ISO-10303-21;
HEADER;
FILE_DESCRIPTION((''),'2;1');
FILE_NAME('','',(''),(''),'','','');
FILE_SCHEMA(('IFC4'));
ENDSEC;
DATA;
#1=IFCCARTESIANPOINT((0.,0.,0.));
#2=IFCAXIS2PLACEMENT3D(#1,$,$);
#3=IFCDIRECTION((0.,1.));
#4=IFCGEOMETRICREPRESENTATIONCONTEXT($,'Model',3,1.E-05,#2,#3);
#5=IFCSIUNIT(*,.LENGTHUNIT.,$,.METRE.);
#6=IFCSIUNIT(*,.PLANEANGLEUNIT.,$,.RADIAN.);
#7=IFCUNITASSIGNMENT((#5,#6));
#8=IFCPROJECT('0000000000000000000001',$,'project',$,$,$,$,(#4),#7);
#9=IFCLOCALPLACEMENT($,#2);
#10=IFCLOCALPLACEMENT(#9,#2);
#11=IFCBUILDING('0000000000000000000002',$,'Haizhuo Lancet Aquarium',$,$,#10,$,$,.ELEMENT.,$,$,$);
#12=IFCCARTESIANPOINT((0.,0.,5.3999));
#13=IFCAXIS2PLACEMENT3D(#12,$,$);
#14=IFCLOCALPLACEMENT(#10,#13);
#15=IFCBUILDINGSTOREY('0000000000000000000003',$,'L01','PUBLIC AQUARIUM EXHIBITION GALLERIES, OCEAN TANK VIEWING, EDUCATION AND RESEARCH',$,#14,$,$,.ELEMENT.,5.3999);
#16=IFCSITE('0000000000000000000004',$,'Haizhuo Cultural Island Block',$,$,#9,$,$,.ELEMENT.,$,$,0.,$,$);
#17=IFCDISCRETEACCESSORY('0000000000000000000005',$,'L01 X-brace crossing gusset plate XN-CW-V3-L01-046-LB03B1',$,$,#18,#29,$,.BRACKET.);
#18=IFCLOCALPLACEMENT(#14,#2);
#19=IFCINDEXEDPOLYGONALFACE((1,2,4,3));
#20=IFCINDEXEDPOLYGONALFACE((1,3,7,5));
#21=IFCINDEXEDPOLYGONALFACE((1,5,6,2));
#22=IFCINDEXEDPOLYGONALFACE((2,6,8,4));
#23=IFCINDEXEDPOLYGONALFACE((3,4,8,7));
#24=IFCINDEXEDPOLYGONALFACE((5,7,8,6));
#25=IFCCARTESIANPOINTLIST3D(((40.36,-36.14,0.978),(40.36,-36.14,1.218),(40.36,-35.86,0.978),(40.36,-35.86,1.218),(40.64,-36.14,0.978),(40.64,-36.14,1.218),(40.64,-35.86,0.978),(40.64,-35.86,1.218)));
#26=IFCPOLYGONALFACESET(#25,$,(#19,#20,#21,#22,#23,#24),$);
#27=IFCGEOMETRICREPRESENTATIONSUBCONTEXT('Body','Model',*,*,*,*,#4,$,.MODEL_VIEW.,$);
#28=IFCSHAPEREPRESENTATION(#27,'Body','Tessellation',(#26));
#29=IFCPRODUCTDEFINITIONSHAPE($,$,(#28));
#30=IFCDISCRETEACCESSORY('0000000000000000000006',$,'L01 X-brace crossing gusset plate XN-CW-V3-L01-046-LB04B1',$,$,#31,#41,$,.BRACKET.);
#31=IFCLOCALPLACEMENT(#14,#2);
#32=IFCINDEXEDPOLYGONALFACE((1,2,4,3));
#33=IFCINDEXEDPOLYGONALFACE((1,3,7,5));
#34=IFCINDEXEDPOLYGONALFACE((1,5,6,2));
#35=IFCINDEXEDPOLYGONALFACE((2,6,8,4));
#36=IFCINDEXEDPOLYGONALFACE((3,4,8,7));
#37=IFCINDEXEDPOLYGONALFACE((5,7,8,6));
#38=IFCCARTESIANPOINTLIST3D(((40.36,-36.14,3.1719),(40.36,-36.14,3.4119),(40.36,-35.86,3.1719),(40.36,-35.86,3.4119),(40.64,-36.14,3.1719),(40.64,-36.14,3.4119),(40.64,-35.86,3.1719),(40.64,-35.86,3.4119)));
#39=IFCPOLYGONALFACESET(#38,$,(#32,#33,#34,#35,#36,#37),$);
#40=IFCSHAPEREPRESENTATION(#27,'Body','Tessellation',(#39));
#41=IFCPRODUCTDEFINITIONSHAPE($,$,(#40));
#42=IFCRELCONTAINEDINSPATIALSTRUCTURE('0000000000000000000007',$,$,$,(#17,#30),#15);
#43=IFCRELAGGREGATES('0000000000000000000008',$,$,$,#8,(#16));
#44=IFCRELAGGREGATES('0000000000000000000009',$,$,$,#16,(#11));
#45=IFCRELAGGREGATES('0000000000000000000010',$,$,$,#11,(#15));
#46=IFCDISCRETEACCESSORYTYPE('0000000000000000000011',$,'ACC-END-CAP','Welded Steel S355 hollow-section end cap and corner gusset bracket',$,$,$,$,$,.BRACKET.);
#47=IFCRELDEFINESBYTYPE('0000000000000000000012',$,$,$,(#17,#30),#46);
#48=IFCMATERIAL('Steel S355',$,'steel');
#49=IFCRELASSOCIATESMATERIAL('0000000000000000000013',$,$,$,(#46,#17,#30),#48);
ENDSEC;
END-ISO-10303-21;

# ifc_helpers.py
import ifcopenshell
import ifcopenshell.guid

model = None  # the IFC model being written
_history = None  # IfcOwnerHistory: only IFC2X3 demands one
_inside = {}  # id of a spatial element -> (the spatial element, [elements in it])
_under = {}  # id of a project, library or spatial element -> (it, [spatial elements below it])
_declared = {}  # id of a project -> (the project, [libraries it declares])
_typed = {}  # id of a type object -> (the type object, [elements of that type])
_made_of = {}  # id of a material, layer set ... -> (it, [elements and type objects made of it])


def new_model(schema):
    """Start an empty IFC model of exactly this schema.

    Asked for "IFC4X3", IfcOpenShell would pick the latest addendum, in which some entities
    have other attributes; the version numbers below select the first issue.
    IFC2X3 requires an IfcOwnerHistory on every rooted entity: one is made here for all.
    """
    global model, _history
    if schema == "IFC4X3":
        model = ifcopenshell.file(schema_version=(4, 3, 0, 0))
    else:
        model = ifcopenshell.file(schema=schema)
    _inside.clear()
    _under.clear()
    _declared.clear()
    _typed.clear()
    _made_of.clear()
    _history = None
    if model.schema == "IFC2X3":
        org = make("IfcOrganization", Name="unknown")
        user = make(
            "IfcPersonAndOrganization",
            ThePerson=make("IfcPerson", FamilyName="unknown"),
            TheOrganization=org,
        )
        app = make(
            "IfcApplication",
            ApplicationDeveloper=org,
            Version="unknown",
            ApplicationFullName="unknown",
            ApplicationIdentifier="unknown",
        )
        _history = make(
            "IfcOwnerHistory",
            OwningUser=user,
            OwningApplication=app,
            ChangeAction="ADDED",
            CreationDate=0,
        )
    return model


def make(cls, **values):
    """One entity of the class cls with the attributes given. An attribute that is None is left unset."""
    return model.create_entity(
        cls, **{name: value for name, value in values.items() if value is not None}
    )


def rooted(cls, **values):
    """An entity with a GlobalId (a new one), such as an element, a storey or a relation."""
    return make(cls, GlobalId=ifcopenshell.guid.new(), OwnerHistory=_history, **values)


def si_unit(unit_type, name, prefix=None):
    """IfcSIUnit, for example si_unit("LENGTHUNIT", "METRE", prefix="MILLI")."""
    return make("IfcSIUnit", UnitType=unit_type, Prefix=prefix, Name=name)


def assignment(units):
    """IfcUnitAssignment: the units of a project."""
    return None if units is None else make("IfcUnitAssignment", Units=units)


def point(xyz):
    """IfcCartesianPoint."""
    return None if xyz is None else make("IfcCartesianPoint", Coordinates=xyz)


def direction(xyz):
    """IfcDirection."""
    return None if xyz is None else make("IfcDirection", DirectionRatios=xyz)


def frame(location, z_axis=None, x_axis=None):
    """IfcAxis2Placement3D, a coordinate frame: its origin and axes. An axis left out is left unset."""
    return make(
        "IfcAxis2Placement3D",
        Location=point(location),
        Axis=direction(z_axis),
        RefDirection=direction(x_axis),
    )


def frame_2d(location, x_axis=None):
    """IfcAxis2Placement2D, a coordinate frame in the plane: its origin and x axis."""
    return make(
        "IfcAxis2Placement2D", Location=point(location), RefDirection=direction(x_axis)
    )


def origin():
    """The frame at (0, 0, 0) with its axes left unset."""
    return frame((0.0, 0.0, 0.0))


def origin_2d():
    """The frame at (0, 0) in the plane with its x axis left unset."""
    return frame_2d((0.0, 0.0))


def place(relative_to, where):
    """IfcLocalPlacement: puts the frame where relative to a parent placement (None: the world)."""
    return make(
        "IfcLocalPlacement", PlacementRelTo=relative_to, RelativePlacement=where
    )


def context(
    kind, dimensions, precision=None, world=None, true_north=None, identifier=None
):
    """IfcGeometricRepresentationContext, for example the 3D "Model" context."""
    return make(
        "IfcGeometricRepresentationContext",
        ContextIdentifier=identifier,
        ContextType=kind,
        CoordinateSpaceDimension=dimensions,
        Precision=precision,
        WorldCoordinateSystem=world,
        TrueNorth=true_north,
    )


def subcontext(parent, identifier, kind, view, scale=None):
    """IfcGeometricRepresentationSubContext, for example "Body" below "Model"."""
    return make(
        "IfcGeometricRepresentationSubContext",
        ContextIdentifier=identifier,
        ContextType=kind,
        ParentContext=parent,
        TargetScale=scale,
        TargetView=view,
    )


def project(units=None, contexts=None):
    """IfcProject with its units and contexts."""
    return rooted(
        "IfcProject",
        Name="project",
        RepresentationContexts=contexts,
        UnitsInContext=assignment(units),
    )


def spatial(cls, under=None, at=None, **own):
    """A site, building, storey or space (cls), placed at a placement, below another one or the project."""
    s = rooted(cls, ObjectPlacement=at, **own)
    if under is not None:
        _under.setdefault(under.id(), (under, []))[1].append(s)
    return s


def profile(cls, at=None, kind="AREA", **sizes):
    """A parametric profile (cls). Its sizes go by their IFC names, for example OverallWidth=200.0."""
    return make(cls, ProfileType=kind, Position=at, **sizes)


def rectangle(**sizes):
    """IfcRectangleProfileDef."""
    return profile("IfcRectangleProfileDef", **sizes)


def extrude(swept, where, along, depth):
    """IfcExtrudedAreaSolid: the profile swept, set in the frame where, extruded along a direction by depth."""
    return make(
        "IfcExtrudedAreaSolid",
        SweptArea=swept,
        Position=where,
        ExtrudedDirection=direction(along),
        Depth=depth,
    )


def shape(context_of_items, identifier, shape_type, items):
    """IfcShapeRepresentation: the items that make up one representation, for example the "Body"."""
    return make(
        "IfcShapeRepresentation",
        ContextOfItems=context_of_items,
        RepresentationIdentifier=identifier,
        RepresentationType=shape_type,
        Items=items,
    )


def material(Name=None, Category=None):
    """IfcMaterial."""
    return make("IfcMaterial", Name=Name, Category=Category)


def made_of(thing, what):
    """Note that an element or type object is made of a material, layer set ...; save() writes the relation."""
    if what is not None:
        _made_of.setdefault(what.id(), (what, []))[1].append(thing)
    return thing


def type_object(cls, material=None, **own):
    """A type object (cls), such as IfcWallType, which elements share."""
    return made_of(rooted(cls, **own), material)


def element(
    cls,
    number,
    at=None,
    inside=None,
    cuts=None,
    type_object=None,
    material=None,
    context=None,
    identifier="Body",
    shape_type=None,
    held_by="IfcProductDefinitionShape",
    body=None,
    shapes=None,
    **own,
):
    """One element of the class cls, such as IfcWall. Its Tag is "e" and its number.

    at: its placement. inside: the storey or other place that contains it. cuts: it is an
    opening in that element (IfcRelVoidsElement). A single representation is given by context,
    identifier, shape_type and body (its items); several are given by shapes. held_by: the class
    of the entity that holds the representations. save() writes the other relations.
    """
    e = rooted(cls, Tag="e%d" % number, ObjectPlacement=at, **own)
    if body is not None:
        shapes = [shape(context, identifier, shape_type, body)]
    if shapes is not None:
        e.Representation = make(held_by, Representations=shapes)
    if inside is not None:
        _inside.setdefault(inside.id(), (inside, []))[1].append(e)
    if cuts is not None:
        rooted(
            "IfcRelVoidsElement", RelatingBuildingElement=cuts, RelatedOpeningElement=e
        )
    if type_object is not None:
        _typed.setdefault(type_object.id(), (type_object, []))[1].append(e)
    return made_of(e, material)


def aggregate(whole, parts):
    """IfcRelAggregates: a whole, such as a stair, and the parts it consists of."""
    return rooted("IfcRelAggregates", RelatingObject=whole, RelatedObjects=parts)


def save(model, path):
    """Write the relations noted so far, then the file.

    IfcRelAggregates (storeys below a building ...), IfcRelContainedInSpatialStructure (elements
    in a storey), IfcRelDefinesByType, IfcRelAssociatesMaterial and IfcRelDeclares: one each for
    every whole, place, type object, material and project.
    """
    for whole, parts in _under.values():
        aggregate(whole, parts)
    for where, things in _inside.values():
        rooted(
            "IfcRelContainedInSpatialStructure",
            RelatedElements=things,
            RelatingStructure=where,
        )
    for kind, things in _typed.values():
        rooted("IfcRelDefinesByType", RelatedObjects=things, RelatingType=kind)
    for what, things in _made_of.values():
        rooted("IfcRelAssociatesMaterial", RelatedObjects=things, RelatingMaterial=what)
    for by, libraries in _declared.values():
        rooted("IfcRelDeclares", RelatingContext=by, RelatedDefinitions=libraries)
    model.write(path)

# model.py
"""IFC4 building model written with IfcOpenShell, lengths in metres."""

from ifc_helpers import new_model, si_unit, direction, frame, origin, origin_2d, place, context, subcontext, project, spatial, rectangle, extrude, material, type_object, element, save


model = new_model("IFC4")

# Units and contexts
model_context = context("Model", 3, precision=1e-05, world=origin(), true_north=direction((0.0, 1.0)))
body_context = subcontext(model_context, "Body", "Model", "MODEL_VIEW")
ifc_project = project(units=[si_unit("LENGTHUNIT", "METRE"), si_unit("PLANEANGLEUNIT", "RADIAN")], contexts=[model_context])

# Site, building, storey
site_placement = place(None, origin())
site = spatial("IfcSite", under=ifc_project, at=site_placement, Name="Haizhuo Cultural Island Block", CompositionType="ELEMENT", RefElevation=0.0)
building_placement = place(site_placement, origin())
building = spatial("IfcBuilding", under=site, at=building_placement, Name="Haizhuo Lancet Aquarium", CompositionType="ELEMENT")
storey_placement = place(building_placement, frame((0.0, 0.0, 5.3999)))
storey = spatial("IfcBuildingStorey", under=building, at=storey_placement, Name="L01", Description="PUBLIC AQUARIUM EXHIBITION GALLERIES, OCEAN TANK VIEWING, EDUCATION AND RESEARCH", CompositionType="ELEMENT", Elevation=5.3999)

# Shared definitions
ifc_material_1 = material(Name="Steel S355", Category="steel")

# Discrete accessories
discrete_accessory_type = type_object("IfcDiscreteAccessoryType", Name="ACC-END-CAP", Description="Welded Steel S355 hollow-section end cap and corner gusset bracket", PredefinedType="BRACKET", material=ifc_material_1)
for number, where, z_axis, x_axis, name in (
    (1, (40.5, -36.0, 0.978), (0.0, 0.0, 1.0), (1.0, 0.0, 0.0), "L01 X-brace crossing gusset plate XN-CW-V3-L01-046-LB03B1"),
    (2, (40.5, -36.0, 3.1719), (0.0, 0.0, 1.0), (1.0, 0.0, 0.0), "L01 X-brace crossing gusset plate XN-CW-V3-L01-046-LB04B1"),
):
    element("IfcDiscreteAccessory", number, at=place(storey_placement, frame(where, z_axis=z_axis, x_axis=x_axis)), inside=storey, type_object=discrete_accessory_type, material=ifc_material_1, Name=name, PredefinedType="BRACKET", context=body_context, shape_type="SweptSolid", body=[
        extrude(rectangle(XDim=0.28, YDim=0.28, at=origin_2d()), origin(), (0.0, 0.0, 1.0), 0.24),
    ])

save(model, "model.ifc")
